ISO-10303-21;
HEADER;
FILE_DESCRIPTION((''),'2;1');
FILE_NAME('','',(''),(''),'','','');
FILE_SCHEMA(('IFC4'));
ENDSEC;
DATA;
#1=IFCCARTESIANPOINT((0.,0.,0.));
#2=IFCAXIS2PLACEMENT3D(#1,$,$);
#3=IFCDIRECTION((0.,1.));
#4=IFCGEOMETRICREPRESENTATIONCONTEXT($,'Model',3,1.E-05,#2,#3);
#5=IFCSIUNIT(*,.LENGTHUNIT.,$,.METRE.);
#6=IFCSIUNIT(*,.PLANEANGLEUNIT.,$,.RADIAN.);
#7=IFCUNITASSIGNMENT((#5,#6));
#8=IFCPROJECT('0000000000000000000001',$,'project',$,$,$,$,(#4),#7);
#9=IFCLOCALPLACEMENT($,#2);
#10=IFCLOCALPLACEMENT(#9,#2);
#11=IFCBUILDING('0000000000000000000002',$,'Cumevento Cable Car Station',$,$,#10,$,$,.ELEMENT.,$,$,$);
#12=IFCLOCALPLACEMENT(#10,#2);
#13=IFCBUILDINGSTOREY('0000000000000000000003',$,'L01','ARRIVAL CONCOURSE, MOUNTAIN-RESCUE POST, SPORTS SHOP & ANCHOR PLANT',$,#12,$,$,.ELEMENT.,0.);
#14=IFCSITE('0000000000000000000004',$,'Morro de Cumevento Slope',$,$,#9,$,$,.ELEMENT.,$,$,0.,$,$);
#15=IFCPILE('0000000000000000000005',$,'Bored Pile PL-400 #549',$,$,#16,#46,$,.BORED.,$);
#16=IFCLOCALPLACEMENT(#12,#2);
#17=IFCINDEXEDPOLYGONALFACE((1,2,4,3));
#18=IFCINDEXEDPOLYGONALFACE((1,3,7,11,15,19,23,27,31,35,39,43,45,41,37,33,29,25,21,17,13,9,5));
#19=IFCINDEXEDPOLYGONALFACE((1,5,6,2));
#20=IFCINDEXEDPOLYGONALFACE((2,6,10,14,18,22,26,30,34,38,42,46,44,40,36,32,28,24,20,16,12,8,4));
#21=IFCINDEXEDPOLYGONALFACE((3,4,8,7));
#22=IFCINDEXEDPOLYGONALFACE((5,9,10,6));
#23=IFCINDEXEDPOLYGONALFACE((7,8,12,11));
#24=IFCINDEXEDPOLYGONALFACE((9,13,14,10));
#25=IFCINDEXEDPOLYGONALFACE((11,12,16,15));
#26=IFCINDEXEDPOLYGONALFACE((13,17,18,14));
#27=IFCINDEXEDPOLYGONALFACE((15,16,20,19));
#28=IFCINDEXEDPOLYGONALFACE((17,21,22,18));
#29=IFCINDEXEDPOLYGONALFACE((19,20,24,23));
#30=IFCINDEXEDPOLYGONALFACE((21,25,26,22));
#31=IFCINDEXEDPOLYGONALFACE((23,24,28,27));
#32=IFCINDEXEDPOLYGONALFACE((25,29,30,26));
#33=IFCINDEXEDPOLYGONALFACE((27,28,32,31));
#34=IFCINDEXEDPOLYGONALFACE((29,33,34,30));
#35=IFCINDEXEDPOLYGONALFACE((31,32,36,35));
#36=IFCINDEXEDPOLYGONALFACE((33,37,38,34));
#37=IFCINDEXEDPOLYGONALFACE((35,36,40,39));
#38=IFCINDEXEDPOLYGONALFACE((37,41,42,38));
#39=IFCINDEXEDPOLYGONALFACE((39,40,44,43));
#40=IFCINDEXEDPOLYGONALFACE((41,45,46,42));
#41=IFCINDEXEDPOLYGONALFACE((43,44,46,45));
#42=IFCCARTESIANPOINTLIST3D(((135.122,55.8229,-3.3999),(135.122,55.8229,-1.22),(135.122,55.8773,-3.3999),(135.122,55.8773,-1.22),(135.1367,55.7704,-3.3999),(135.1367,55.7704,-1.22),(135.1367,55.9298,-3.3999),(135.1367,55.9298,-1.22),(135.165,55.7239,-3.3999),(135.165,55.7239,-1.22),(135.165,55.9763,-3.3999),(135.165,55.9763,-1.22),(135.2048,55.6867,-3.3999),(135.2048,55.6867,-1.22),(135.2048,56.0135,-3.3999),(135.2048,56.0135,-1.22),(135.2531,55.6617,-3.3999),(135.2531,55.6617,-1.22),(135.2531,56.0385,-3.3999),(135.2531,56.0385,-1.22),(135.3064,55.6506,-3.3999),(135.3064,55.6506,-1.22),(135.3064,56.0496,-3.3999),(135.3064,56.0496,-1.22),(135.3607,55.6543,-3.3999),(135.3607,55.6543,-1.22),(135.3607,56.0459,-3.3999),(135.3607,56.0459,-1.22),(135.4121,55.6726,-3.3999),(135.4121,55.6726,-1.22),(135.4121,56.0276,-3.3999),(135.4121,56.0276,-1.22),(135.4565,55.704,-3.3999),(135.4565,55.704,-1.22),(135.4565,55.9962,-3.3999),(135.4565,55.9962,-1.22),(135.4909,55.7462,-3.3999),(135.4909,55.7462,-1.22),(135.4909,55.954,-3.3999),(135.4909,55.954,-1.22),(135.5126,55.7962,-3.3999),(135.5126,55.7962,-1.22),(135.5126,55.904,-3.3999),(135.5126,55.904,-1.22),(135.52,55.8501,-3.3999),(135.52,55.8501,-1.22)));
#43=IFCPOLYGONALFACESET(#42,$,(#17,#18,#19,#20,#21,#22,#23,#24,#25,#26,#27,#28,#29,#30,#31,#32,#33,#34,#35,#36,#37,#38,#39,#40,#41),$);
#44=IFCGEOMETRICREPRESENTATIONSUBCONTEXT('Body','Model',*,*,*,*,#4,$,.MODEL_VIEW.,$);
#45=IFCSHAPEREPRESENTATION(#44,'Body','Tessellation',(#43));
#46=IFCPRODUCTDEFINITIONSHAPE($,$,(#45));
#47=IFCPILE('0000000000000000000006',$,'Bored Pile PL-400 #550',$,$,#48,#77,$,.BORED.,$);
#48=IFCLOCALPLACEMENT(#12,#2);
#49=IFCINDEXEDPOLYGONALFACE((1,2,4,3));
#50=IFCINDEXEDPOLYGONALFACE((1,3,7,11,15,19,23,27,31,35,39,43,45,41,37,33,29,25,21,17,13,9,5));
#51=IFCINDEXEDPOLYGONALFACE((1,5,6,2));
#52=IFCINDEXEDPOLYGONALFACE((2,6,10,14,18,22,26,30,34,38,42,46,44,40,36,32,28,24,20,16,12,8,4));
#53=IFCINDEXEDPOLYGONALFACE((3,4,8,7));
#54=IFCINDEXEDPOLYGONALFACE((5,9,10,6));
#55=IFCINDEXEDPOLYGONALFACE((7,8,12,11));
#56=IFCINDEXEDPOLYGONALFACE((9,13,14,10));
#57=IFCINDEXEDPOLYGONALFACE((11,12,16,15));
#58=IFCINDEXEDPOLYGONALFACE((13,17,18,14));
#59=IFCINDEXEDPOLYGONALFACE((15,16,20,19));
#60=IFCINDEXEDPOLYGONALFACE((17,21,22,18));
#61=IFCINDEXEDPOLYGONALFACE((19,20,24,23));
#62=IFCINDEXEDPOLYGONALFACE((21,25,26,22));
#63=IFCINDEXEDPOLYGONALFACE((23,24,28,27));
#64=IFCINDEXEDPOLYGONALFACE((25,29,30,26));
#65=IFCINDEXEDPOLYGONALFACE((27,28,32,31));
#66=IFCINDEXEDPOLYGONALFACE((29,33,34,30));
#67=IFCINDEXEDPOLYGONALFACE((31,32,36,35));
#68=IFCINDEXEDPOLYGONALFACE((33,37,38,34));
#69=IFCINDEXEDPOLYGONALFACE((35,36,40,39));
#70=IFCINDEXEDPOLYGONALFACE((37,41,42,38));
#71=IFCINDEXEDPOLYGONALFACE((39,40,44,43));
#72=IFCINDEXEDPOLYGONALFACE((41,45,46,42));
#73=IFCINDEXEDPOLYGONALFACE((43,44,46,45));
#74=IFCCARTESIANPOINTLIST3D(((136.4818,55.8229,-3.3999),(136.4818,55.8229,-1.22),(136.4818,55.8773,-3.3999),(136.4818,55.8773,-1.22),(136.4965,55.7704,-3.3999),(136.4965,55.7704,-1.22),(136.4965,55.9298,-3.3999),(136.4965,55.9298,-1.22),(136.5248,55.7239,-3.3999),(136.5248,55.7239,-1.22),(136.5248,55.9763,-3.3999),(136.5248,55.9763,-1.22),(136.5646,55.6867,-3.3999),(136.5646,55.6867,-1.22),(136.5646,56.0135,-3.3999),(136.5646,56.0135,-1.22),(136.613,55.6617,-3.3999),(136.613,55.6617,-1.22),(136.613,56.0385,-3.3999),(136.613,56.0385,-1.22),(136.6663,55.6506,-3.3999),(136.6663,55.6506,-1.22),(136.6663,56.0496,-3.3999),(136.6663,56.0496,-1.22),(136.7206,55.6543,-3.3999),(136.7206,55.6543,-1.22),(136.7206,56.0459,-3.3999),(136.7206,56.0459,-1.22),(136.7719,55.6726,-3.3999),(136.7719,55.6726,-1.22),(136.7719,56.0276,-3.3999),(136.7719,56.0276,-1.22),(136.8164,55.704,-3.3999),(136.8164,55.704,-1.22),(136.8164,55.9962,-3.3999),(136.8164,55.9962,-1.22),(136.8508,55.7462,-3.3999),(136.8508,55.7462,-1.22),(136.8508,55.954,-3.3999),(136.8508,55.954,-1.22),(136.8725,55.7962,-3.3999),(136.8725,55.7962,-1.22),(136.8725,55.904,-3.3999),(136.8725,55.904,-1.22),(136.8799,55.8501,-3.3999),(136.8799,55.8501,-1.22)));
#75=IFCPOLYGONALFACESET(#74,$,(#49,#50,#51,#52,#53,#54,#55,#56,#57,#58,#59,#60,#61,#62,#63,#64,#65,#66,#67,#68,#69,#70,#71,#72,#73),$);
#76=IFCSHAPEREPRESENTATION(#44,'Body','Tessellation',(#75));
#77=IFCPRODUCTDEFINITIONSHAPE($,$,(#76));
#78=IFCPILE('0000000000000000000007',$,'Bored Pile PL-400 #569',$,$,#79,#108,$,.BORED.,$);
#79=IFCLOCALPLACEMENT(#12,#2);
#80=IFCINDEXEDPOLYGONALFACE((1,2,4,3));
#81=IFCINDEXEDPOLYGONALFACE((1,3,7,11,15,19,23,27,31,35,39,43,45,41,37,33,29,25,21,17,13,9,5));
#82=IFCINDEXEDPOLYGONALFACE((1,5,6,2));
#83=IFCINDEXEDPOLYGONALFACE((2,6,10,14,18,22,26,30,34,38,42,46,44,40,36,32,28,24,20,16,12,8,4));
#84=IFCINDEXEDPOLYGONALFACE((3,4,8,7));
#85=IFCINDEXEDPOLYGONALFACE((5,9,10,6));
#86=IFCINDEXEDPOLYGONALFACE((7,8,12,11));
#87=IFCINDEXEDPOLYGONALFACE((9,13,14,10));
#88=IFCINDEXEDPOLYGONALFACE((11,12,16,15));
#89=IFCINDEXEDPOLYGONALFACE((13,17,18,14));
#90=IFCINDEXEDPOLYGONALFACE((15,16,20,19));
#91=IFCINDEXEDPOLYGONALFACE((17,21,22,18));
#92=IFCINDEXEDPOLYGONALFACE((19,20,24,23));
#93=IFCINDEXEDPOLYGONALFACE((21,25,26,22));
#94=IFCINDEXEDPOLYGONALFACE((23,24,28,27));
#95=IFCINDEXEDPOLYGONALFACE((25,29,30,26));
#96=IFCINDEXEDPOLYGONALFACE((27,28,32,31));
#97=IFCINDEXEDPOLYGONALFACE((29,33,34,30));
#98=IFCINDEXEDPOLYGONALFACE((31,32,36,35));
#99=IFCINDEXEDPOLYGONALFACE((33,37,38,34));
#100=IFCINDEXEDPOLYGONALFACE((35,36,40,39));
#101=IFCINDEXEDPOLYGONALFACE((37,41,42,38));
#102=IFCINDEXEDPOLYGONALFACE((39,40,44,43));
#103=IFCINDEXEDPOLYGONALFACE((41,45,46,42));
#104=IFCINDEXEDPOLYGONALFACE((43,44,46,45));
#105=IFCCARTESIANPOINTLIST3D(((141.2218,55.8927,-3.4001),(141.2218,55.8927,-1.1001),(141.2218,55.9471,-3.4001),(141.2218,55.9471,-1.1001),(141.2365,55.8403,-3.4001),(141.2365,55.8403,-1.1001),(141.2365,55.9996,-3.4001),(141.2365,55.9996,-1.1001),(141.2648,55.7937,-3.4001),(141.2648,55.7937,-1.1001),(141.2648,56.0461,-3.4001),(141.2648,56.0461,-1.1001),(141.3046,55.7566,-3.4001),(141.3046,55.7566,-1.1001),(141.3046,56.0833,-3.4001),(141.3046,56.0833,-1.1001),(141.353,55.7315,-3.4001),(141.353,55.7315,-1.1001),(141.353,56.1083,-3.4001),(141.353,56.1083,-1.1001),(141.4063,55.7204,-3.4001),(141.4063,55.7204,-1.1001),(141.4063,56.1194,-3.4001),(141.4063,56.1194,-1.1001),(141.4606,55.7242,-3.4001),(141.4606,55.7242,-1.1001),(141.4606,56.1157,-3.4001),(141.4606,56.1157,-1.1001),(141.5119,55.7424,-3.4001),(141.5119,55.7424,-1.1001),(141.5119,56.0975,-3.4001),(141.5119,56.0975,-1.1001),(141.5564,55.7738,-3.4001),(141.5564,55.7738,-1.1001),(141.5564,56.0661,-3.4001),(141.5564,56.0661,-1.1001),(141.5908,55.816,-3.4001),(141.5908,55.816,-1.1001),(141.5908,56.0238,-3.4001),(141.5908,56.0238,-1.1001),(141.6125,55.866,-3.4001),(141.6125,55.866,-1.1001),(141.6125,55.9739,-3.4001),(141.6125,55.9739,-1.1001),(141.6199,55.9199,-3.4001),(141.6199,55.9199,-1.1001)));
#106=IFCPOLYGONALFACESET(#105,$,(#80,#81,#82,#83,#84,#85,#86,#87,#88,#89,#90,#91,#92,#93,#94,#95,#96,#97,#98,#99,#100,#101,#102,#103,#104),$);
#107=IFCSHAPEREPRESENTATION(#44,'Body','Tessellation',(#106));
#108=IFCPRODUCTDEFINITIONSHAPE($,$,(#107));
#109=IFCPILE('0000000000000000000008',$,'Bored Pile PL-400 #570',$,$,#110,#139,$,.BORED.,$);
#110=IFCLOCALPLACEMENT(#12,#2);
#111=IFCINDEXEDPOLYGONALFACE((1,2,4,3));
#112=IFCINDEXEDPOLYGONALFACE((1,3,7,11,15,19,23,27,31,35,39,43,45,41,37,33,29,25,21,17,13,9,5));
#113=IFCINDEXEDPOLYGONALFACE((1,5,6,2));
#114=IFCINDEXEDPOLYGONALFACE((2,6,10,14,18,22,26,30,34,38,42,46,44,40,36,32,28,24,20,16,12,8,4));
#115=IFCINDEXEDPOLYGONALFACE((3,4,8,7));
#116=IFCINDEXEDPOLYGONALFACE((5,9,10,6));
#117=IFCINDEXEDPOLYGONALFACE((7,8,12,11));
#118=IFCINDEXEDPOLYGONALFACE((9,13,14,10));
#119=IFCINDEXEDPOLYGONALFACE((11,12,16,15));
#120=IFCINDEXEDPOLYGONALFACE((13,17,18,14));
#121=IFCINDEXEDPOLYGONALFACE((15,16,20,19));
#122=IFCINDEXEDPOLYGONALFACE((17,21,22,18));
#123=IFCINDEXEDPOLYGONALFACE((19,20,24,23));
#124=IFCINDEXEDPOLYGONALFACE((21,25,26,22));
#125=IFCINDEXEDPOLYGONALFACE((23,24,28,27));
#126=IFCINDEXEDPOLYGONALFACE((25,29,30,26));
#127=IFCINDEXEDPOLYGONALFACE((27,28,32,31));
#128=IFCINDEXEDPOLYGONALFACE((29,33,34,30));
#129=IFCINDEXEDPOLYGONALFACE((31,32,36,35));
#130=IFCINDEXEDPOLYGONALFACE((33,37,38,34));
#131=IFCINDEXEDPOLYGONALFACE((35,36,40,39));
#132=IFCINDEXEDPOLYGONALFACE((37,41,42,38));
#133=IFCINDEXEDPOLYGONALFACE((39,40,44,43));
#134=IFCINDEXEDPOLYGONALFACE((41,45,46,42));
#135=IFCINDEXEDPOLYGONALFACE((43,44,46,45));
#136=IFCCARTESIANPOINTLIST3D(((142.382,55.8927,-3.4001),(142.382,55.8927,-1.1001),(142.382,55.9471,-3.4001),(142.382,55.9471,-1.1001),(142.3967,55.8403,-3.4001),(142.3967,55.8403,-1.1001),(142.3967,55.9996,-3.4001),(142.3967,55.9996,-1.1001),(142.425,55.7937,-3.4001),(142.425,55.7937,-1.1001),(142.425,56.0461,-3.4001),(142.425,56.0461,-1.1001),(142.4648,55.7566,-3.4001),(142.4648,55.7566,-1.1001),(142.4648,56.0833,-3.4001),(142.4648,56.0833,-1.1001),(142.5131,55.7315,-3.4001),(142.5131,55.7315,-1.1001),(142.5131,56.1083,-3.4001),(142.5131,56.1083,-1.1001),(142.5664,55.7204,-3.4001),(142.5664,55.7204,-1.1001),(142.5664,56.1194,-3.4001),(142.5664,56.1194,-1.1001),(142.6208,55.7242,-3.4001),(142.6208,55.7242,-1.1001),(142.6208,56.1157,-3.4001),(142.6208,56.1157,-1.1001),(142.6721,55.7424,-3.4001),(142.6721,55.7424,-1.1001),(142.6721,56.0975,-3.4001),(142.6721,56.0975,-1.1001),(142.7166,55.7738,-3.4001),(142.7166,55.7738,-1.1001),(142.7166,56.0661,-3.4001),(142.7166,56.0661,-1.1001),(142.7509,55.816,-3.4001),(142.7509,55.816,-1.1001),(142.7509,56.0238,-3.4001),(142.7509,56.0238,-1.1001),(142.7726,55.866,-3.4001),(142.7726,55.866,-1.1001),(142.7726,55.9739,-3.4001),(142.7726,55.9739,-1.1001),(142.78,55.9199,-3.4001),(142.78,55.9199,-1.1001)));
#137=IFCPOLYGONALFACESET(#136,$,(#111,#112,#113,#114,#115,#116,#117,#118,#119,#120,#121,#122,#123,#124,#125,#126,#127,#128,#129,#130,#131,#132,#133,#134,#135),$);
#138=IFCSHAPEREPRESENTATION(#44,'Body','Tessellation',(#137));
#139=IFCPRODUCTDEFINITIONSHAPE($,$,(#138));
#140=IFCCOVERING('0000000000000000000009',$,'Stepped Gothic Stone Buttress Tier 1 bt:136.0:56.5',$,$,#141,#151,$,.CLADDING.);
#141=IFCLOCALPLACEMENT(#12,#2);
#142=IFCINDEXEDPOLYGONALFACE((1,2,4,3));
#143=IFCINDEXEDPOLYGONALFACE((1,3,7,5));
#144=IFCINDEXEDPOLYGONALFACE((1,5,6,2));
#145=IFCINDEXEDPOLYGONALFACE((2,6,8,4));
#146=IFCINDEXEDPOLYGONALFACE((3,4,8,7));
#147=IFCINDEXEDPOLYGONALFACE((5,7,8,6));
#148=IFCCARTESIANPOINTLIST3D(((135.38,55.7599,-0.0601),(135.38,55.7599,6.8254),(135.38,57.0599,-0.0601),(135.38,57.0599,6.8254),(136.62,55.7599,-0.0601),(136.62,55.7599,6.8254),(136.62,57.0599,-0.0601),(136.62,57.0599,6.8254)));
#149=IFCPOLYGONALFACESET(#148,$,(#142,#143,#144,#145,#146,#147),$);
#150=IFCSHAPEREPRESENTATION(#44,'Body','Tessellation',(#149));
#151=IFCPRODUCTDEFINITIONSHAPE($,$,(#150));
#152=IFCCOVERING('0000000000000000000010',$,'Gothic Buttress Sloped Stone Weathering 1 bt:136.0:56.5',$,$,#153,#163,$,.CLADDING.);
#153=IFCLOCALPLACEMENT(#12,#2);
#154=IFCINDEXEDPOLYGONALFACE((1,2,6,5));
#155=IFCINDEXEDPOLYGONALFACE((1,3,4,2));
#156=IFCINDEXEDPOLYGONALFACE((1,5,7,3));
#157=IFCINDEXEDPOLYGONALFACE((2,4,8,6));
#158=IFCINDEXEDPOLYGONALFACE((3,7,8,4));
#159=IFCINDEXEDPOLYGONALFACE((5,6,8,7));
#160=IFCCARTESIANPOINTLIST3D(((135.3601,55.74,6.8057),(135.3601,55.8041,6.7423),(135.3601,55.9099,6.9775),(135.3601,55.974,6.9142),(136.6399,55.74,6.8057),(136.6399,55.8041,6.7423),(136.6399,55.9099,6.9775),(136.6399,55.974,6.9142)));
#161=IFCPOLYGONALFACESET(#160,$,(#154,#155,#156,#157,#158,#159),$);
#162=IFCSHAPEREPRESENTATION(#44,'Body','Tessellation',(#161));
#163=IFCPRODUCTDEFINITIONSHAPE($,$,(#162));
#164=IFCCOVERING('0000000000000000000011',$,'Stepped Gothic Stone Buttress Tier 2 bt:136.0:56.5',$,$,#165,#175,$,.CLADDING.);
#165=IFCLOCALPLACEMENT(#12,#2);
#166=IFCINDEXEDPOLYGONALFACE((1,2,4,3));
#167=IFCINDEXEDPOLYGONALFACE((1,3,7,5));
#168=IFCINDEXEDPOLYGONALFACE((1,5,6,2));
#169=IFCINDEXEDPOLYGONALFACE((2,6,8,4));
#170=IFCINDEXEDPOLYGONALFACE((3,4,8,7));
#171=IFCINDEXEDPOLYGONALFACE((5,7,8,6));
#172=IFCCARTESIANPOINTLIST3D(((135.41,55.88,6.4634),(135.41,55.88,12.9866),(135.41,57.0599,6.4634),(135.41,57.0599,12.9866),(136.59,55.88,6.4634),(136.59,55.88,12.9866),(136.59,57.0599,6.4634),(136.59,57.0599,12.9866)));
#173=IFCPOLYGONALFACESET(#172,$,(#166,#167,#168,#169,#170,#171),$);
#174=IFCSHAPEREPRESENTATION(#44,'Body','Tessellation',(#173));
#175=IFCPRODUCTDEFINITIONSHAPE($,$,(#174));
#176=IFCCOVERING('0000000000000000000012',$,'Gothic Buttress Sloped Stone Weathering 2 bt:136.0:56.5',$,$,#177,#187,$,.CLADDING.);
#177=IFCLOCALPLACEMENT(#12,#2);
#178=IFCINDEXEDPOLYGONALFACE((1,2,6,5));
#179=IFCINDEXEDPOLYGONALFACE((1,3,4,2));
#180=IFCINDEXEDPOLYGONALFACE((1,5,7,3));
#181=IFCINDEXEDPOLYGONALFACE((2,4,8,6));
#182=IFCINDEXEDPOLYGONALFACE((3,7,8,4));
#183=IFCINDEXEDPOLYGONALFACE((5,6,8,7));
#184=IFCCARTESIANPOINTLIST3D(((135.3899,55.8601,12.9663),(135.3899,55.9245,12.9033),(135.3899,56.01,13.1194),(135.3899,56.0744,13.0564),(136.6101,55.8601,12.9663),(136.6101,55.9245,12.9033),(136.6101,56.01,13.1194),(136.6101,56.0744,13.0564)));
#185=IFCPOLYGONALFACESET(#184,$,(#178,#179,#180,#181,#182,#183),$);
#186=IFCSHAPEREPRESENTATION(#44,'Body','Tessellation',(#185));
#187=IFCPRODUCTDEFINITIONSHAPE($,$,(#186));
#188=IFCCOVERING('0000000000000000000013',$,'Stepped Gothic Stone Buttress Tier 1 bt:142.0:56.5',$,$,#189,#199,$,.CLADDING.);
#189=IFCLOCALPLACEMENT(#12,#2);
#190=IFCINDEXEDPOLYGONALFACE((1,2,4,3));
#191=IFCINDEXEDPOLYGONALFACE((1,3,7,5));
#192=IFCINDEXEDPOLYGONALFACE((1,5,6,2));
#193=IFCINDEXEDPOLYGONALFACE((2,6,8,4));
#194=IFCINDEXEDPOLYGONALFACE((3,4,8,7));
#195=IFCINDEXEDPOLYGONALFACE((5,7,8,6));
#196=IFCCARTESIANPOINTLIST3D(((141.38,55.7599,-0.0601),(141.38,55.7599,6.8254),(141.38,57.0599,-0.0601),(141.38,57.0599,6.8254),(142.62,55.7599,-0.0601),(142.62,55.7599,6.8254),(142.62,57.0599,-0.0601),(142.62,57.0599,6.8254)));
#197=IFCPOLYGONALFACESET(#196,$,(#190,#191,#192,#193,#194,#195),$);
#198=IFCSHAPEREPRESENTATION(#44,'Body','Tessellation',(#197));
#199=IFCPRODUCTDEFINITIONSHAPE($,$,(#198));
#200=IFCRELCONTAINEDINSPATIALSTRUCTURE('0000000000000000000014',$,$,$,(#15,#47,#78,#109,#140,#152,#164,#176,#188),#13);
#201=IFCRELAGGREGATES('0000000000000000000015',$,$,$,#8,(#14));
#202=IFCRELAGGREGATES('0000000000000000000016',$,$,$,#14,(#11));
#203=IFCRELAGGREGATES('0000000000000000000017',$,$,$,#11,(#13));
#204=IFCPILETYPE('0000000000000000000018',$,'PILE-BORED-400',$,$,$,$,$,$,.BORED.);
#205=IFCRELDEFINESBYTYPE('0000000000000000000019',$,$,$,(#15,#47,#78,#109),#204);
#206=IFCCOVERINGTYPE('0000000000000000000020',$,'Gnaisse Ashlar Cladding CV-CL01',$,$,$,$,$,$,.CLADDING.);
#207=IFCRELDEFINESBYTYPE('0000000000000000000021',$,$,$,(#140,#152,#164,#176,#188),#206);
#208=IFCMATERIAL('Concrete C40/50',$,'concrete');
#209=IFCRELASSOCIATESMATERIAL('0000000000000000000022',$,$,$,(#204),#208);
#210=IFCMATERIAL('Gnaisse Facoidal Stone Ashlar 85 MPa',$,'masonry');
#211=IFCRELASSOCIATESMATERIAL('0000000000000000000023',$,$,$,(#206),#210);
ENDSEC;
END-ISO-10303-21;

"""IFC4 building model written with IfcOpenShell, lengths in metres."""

from ifc_helpers import new_model, si_unit, direction, frame, origin, origin_2d, place, context, subcontext, project, spatial, polyline, rectangle, circle, outline, extrude, material, material_profile, profile_set, type_object, element, save


model = new_model("IFC4")

# Units and contexts
model_context = context("Model", 3, precision=1e-05, world=origin(), true_north=direction((0.0, 1.0)))
body_context = subcontext(model_context, "Body", "Model", "MODEL_VIEW")
ifc_project = project(units=[si_unit("LENGTHUNIT", "METRE"), si_unit("PLANEANGLEUNIT", "RADIAN")], contexts=[model_context])

# Site, building, storey
site_placement = place(None, origin())
site = spatial("IfcSite", under=ifc_project, at=site_placement, Name="Morro de Cumevento Slope", CompositionType="ELEMENT", RefElevation=0.0)
building_placement = place(site_placement, origin())
building = spatial("IfcBuilding", under=site, at=building_placement, Name="Cumevento Cable Car Station", CompositionType="ELEMENT")
storey_placement = place(building_placement, origin())
storey = spatial("IfcBuildingStorey", under=building, at=storey_placement, Name="L01", Description="ARRIVAL CONCOURSE, MOUNTAIN-RESCUE POST, SPORTS SHOP & ANCHOR PLANT", CompositionType="ELEMENT", Elevation=0.0)

# Piles
ifc_material_1 = material(Name="Concrete C40/50", Category="concrete")
ifc_material_profile = material_profile(ifc_material_1, circle(Radius=0.2, at=origin_2d()), Name="PILE-D400")
ifc_profile_set = profile_set([ifc_material_profile], Name="Concrete C40/50")
pile_type = type_object("IfcPileType", Name="PILE-BORED-400", PredefinedType="BORED", material=ifc_profile_set)
for number, where, z_axis, x_axis, name in (
    (1, (135.3201, 55.8501, -1.22), (0.0, 0.0, -1.0), (1.0, 0.0, 0.0), "Bored Pile PL-400 #549"),
    (2, (136.6799, 55.8501, -1.22), (0.0, 0.0, -1.0), (1.0, 0.0, 0.0), "Bored Pile PL-400 #550"),
):
    element("IfcPile", number, at=place(storey_placement, frame(where, z_axis=z_axis, x_axis=x_axis)), inside=storey, type_object=pile_type, Name=name, PredefinedType="BORED", context=body_context, shape_type="SweptSolid", body=[
        extrude(circle(Radius=0.2, at=origin_2d()), origin(), (0.0, 0.0, 1.0), 2.1799),
    ])
for number, where, z_axis, x_axis, name in (
    (3, (141.4199, 55.9199, -1.1001), (0.0, 0.0, -1.0), (1.0, 0.0, 0.0), "Bored Pile PL-400 #569"),
    (4, (142.5801, 55.9199, -1.1001), (0.0, 0.0, -1.0), (1.0, 0.0, 0.0), "Bored Pile PL-400 #570"),
):
    element("IfcPile", number, at=place(storey_placement, frame(where, z_axis=z_axis, x_axis=x_axis)), inside=storey, type_object=pile_type, Name=name, PredefinedType="BORED", context=body_context, shape_type="SweptSolid", body=[
        extrude(circle(Radius=0.2, at=origin_2d()), origin(), (0.0, 0.0, 1.0), 2.3),
    ])

# Coverings
ifc_material_2 = material(Name="Gnaisse Facoidal Stone Ashlar 85 MPa", Category="masonry")
covering_type = type_object("IfcCoveringType", Name="Gnaisse Ashlar Cladding CV-CL01", PredefinedType="CLADDING", material=ifc_material_2)
covering_1_placement = place(storey_placement, frame((136.0, 56.4099, -0.0601), z_axis=(0.0, 0.0, 1.0), x_axis=(1.0, 0.0, 0.0)))
element("IfcCovering", 5, at=covering_1_placement, inside=storey, type_object=covering_type, Name="Stepped Gothic Stone Buttress Tier 1 bt:136.0:56.5", PredefinedType="CLADDING", context=body_context, shape_type="SweptSolid", body=[
    extrude(rectangle(XDim=1.24, YDim=1.3, at=origin_2d()), origin(), (0.0, 0.0, 1.0), 6.8855),
])
covering_2_placement = place(storey_placement, frame((135.3601, 55.74, 6.8057), z_axis=(0.0, -0.711136, 0.703055), x_axis=(1.0, 0.0, 0.0)))
element("IfcCovering", 6, at=covering_2_placement, inside=storey, type_object=covering_type, Name="Gothic Buttress Sloped Stone Weathering 1 bt:136.0:56.5", PredefinedType="CLADDING", context=body_context, shape_type="SweptSolid", body=[
    extrude(outline(polyline([(0.0, 0.0), (1.2798, 0.0), (1.2798, 0.2417), (0.0, 0.2417), (0.0, 0.0)])), origin(), (0.0, 0.0, -1.0), 0.0901),
])
covering_3_placement = place(storey_placement, frame((136.0, 56.47, 6.4634), z_axis=(0.0, 0.0, 1.0), x_axis=(1.0, 0.0, 0.0)))
element("IfcCovering", 7, at=covering_3_placement, inside=storey, type_object=covering_type, Name="Stepped Gothic Stone Buttress Tier 2 bt:136.0:56.5", PredefinedType="CLADDING", context=body_context, shape_type="SweptSolid", body=[
    extrude(rectangle(XDim=1.1799, YDim=1.1799, at=origin_2d()), origin(), (0.0, 0.0, 1.0), 6.5232),
])
covering_4_placement = place(storey_placement, frame((135.3899, 55.8601, 12.9663), z_axis=(0.0, -0.714475, 0.699661), x_axis=(1.0, 0.0, 0.0)))
element("IfcCovering", 8, at=covering_4_placement, inside=storey, type_object=covering_type, Name="Gothic Buttress Sloped Stone Weathering 2 bt:136.0:56.5", PredefinedType="CLADDING", context=body_context, shape_type="SweptSolid", body=[
    extrude(outline(polyline([(0.0, 0.0), (1.2202, 0.0), (1.2202, 0.2142), (0.0, 0.2142), (0.0, 0.0)])), origin(), (0.0, 0.0, -1.0), 0.0901),
])
covering_5_placement = place(storey_placement, frame((142.0, 56.4099, -0.0601), z_axis=(0.0, 0.0, 1.0), x_axis=(1.0, 0.0, 0.0)))
element("IfcCovering", 9, at=covering_5_placement, inside=storey, type_object=covering_type, Name="Stepped Gothic Stone Buttress Tier 1 bt:142.0:56.5", PredefinedType="CLADDING", context=body_context, shape_type="SweptSolid", body=[
    extrude(rectangle(XDim=1.24, YDim=1.3, at=origin_2d()), origin(), (0.0, 0.0, 1.0), 6.8855),
])

save(model, "model.ifc")
